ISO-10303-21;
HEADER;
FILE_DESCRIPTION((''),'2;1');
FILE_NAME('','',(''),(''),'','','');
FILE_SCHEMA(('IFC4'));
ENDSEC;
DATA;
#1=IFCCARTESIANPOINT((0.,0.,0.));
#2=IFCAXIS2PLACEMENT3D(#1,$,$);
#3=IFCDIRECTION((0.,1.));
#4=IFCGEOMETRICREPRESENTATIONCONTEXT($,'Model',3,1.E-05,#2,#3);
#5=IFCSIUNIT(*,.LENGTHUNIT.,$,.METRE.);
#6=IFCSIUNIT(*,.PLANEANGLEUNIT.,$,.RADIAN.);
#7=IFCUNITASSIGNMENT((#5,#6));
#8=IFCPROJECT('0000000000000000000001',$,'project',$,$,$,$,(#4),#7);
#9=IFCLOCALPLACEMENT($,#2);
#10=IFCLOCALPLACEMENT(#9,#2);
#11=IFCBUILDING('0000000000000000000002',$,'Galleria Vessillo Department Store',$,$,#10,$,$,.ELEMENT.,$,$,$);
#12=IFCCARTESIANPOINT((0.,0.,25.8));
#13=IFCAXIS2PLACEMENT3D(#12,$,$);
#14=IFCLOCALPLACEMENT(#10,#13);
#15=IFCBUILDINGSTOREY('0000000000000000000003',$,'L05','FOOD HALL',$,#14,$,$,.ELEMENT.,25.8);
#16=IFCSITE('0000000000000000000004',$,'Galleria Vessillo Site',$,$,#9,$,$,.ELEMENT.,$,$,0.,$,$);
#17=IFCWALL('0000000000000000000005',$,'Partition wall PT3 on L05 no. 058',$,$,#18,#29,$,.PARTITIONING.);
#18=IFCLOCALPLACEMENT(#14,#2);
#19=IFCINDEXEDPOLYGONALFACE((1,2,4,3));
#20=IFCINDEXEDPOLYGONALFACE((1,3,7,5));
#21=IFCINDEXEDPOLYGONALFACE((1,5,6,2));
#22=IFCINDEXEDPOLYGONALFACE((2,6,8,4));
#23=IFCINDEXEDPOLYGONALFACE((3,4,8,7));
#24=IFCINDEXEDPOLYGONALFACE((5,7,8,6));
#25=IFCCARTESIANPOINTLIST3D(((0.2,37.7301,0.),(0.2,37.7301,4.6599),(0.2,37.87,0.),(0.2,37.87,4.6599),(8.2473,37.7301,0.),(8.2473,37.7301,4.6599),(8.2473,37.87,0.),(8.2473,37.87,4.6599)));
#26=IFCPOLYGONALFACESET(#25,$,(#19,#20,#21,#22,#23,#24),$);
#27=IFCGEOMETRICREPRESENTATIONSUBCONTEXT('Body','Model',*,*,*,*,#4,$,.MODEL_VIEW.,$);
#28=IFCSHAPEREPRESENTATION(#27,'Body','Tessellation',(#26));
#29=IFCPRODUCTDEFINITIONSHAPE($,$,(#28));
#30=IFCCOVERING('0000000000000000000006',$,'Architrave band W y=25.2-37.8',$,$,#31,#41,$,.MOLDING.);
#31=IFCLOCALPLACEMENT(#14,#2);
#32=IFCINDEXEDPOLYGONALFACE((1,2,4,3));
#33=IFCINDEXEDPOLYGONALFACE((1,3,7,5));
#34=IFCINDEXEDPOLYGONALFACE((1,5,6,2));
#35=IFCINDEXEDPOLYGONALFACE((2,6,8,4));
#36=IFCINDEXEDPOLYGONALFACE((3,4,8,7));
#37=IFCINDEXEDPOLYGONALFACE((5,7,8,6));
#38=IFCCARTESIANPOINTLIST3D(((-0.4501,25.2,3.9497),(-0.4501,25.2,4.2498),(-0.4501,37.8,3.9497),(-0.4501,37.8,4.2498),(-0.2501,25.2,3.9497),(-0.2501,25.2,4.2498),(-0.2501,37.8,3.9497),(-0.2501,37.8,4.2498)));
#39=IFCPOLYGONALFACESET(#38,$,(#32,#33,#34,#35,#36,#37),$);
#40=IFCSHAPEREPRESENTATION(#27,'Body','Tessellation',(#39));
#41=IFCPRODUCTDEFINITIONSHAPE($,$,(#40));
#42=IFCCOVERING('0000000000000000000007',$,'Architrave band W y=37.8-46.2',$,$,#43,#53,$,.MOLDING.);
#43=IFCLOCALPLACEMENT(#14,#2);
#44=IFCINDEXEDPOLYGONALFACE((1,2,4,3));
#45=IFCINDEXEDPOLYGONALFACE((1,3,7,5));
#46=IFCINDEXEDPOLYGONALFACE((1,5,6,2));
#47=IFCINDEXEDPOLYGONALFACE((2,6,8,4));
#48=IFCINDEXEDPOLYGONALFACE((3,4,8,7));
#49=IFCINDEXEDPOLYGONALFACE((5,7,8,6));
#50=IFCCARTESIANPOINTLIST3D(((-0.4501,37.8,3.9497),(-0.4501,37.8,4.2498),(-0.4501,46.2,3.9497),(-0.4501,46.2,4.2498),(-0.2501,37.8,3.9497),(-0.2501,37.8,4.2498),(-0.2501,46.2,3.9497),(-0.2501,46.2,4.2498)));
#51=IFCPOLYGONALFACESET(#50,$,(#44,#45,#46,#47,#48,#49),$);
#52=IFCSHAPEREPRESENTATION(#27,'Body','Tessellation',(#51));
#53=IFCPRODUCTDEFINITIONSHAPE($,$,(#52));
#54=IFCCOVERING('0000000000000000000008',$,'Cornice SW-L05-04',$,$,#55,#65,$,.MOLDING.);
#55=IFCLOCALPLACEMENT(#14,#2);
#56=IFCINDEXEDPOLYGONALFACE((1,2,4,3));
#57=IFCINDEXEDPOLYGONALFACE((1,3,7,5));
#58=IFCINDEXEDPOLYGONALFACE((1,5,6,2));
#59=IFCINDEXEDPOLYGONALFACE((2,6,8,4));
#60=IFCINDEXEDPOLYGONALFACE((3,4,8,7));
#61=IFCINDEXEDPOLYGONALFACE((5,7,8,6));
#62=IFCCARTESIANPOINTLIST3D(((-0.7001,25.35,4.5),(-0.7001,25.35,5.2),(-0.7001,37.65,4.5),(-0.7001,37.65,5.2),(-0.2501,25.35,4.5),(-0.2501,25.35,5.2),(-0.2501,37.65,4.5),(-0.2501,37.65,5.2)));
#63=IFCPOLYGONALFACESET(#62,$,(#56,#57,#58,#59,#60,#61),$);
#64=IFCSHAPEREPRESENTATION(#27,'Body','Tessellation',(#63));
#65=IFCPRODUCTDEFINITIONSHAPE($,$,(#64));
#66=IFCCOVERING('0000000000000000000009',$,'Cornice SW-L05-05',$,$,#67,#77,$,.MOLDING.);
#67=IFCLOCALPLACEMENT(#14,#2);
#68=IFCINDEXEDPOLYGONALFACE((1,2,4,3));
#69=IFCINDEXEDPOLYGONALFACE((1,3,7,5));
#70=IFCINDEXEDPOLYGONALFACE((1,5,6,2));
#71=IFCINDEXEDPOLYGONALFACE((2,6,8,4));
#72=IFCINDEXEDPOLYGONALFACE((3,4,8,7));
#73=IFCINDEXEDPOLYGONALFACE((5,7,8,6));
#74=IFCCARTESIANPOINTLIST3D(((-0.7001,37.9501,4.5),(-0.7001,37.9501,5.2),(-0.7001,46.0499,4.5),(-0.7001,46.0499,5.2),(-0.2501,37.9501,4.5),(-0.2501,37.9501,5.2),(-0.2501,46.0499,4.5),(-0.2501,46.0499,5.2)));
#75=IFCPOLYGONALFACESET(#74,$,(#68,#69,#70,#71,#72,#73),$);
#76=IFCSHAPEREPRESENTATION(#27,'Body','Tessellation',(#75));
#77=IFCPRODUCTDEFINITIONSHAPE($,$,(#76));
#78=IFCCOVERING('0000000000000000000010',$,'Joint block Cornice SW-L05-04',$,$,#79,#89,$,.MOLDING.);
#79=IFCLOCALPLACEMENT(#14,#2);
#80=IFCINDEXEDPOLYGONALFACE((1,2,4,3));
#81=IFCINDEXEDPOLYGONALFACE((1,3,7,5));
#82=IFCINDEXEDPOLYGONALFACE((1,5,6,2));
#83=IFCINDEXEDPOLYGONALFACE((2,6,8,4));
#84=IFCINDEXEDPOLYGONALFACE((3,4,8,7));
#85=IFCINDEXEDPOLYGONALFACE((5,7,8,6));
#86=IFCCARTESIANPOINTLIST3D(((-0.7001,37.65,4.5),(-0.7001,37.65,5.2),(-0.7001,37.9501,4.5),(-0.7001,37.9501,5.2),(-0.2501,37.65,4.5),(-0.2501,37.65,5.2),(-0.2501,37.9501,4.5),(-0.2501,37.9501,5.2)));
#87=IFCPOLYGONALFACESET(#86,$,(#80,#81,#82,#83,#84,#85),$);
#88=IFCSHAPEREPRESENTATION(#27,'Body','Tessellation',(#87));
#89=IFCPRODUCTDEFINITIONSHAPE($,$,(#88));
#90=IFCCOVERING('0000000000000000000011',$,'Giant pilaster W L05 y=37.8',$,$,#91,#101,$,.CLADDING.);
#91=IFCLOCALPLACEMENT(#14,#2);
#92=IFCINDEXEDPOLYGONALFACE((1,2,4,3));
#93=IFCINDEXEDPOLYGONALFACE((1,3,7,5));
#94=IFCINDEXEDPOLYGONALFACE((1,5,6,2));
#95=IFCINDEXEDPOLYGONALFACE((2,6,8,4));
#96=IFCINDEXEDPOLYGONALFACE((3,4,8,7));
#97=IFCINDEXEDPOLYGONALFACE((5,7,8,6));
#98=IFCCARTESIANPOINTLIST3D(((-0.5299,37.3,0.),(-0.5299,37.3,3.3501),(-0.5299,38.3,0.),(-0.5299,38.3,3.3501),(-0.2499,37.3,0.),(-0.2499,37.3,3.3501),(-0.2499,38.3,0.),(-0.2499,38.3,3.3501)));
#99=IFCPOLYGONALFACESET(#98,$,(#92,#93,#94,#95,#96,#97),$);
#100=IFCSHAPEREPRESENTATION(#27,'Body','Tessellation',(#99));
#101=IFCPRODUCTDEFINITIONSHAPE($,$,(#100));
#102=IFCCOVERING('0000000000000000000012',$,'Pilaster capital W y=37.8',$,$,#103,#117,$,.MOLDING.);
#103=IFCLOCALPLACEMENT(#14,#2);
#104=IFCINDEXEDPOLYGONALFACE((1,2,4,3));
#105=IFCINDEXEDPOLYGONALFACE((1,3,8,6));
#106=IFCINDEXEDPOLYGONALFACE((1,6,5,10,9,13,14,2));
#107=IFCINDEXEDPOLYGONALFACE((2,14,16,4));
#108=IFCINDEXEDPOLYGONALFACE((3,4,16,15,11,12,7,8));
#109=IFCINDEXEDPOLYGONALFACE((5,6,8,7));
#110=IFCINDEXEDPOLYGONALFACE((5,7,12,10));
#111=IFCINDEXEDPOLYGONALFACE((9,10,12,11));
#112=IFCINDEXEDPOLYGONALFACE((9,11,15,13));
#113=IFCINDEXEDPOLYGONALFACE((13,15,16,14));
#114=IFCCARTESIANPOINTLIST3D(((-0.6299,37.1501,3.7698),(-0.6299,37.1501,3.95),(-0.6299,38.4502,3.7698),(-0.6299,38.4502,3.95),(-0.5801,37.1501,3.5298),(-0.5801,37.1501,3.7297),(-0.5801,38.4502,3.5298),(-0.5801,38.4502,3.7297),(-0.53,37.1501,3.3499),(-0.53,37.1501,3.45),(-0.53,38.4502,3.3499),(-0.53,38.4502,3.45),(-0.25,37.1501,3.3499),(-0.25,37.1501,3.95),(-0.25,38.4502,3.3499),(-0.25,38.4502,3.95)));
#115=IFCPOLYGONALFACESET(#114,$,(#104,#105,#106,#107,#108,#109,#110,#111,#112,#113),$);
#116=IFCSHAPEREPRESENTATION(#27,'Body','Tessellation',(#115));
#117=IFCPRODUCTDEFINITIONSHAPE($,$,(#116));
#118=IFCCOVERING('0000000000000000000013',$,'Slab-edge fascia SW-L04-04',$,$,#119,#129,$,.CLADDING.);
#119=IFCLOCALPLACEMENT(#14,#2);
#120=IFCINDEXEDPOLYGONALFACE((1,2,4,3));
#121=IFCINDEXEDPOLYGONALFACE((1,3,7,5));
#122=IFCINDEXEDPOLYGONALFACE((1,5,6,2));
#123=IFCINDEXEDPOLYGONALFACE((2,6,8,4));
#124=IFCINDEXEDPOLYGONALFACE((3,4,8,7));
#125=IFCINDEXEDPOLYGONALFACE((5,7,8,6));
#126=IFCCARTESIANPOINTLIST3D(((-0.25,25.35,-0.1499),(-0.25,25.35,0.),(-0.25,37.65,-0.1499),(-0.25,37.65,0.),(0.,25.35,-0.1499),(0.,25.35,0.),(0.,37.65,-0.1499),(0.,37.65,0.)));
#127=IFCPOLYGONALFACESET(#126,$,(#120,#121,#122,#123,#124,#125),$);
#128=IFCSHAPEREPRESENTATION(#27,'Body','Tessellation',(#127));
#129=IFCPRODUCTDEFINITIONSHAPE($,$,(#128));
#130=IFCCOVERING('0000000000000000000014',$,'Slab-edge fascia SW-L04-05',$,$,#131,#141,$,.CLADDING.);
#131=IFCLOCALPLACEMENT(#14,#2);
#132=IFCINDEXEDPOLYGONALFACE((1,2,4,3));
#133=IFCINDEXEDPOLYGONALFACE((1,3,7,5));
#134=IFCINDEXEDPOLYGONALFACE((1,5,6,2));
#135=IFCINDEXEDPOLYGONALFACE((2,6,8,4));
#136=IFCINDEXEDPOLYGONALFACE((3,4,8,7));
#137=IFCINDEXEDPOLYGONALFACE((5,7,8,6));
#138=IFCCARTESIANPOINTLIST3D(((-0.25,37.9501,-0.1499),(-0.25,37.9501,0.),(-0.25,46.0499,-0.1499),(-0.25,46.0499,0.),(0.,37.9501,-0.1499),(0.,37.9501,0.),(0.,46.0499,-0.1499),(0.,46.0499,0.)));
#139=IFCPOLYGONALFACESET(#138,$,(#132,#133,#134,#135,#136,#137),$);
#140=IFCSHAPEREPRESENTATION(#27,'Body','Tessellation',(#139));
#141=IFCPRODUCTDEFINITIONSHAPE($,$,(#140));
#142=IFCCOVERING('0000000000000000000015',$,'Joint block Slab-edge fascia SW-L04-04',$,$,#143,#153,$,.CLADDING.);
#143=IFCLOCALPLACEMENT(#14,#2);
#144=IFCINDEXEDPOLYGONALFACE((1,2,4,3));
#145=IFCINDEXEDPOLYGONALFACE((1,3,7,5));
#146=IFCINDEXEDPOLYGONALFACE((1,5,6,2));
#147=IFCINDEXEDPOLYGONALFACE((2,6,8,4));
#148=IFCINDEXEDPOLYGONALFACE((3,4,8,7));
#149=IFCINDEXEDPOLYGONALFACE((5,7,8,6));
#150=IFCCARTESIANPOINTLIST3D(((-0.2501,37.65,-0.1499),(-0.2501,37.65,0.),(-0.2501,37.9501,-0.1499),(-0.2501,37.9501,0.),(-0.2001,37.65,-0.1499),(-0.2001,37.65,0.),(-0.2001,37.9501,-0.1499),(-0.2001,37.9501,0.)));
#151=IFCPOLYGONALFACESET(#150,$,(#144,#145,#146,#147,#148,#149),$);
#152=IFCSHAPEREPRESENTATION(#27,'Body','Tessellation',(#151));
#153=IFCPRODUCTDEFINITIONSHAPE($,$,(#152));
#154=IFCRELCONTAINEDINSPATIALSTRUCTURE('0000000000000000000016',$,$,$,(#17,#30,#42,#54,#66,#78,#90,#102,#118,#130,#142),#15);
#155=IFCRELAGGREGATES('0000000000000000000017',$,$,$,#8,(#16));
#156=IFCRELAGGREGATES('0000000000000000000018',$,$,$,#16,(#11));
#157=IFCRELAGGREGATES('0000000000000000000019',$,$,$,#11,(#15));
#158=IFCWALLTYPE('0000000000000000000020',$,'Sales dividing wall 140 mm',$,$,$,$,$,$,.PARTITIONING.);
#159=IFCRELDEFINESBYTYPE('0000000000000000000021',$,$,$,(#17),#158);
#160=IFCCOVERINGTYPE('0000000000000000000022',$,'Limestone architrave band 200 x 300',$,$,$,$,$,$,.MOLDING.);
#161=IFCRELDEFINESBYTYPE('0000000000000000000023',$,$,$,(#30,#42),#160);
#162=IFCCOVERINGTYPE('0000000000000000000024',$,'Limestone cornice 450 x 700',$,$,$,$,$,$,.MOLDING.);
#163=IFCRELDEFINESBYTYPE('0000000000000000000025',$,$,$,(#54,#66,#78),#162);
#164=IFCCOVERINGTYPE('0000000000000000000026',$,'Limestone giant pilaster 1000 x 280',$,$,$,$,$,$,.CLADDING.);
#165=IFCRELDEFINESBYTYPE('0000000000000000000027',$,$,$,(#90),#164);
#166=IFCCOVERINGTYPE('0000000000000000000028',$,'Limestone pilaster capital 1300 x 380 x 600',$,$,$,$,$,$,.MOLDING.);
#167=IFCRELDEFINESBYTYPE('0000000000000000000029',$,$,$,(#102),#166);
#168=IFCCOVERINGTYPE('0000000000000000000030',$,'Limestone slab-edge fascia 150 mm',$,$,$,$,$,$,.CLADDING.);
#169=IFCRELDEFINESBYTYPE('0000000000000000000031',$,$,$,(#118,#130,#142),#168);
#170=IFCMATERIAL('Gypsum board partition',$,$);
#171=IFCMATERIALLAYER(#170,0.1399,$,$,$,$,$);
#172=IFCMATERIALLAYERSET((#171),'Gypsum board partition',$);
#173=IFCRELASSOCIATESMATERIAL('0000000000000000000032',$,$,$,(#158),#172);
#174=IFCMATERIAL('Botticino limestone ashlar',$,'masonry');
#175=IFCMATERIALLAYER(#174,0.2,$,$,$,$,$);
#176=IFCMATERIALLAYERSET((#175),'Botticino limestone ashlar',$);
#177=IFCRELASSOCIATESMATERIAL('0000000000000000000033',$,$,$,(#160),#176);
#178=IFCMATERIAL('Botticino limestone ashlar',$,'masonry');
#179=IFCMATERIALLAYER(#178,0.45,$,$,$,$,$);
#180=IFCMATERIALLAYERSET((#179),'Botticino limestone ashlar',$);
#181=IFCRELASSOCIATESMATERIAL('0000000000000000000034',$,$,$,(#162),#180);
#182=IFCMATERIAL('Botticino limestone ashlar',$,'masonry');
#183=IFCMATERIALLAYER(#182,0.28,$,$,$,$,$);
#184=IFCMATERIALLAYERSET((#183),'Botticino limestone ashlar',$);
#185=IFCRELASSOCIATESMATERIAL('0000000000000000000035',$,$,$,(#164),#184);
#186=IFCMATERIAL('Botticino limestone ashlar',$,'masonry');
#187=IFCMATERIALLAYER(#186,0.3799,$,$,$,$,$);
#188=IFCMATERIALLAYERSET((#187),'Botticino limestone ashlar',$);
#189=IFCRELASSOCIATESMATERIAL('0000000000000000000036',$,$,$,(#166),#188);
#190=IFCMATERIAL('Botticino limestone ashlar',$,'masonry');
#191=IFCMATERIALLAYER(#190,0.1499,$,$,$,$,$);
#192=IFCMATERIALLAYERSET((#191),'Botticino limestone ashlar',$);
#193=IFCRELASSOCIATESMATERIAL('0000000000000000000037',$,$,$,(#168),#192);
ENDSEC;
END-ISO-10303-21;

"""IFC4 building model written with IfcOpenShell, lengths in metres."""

from ifc_helpers import new_model, si_unit, direction, frame, frame_2d, origin, origin_2d, place, context, subcontext, project, spatial, polyline, rectangle, outline, extrude, material, layer, layer_set, type_object, element, save


model = new_model("IFC4")

# Units and contexts
model_context = context("Model", 3, precision=1e-05, world=origin(), true_north=direction((0.0, 1.0)))
body_context = subcontext(model_context, "Body", "Model", "MODEL_VIEW")
ifc_project = project(units=[si_unit("LENGTHUNIT", "METRE"), si_unit("PLANEANGLEUNIT", "RADIAN")], contexts=[model_context])

# Site, building, storey
site_placement = place(None, origin())
site = spatial("IfcSite", under=ifc_project, at=site_placement, Name="Galleria Vessillo Site", CompositionType="ELEMENT", RefElevation=0.0)
building_placement = place(site_placement, origin())
building = spatial("IfcBuilding", under=site, at=building_placement, Name="Galleria Vessillo Department Store", CompositionType="ELEMENT")
storey_placement = place(building_placement, frame((0.0, 0.0, 25.8)))
storey = spatial("IfcBuildingStorey", under=building, at=storey_placement, Name="L05", Description="FOOD HALL", CompositionType="ELEMENT", Elevation=25.8)

# Wall
ifc_material_1 = material(Name="Gypsum board partition")
ifc_layer_1 = layer(ifc_material_1, 0.1399)
ifc_layer_set_1 = layer_set([ifc_layer_1], Name="Gypsum board partition")
wall_type_1 = type_object("IfcWallType", Name="Sales dividing wall 140 mm", PredefinedType="PARTITIONING", material=ifc_layer_set_1)
wall_1_placement = place(storey_placement, frame((0.2, 37.8, 0.0), z_axis=(0.0, 0.0, 1.0), x_axis=(1.0, 0.0, 0.0)))
element("IfcWall", 1, at=wall_1_placement, inside=storey, type_object=wall_type_1, Name="Partition wall PT3 on L05 no. 058", PredefinedType="PARTITIONING", context=body_context, shape_type="SweptSolid", body=[
    extrude(rectangle(XDim=8.0474, YDim=0.1399, at=frame_2d((4.0237, 0.0))), origin(), (0.0, 0.0, 1.0), 4.6599),
])

# Coverings
ifc_material_2 = material(Name="Botticino limestone ashlar", Category="masonry")
ifc_layer_2 = layer(ifc_material_2, 0.2)
ifc_layer_set_2 = layer_set([ifc_layer_2], Name="Botticino limestone ashlar")
covering_type_1 = type_object("IfcCoveringType", Name="Limestone architrave band 200 x 300", PredefinedType="MOLDING", material=ifc_layer_set_2)
covering_1_placement = place(storey_placement, frame((-0.3501, 31.5, 3.9497), z_axis=(0.0, 0.0, 1.0), x_axis=(1.0, 0.0, 0.0)))
element("IfcCovering", 2, at=covering_1_placement, inside=storey, type_object=covering_type_1, Name="Architrave band W y=25.2-37.8", PredefinedType="MOLDING", context=body_context, shape_type="SweptSolid", body=[
    extrude(rectangle(XDim=0.2, YDim=12.6001, at=origin_2d()), origin(), (0.0, 0.0, 1.0), 0.3),
])
covering_2_placement = place(storey_placement, frame((-0.3501, 42.0, 3.9497), z_axis=(0.0, 0.0, 1.0), x_axis=(1.0, 0.0, 0.0)))
element("IfcCovering", 3, at=covering_2_placement, inside=storey, type_object=covering_type_1, Name="Architrave band W y=37.8-46.2", PredefinedType="MOLDING", context=body_context, shape_type="SweptSolid", body=[
    extrude(rectangle(XDim=0.2, YDim=8.3999, at=origin_2d()), origin(), (0.0, 0.0, 1.0), 0.3),
])
ifc_material_3 = material(Name="Botticino limestone ashlar", Category="masonry")
ifc_layer_3 = layer(ifc_material_3, 0.45)
ifc_layer_set_3 = layer_set([ifc_layer_3], Name="Botticino limestone ashlar")
covering_type_2 = type_object("IfcCoveringType", Name="Limestone cornice 450 x 700", PredefinedType="MOLDING", material=ifc_layer_set_3)
covering_3_placement = place(storey_placement, frame((-0.4751, 31.5, 4.5), z_axis=(0.0, 0.0, 1.0), x_axis=(1.0, 0.0, 0.0)))
element("IfcCovering", 4, at=covering_3_placement, inside=storey, type_object=covering_type_2, Name="Cornice SW-L05-04", PredefinedType="MOLDING", context=body_context, shape_type="SweptSolid", body=[
    extrude(rectangle(XDim=0.45, YDim=12.3, at=origin_2d()), origin(), (0.0, 0.0, 1.0), 0.7),
])
covering_4_placement = place(storey_placement, frame((-0.4751, 42.0, 4.5), z_axis=(0.0, 0.0, 1.0), x_axis=(1.0, 0.0, 0.0)))
element("IfcCovering", 5, at=covering_4_placement, inside=storey, type_object=covering_type_2, Name="Cornice SW-L05-05", PredefinedType="MOLDING", context=body_context, shape_type="SweptSolid", body=[
    extrude(rectangle(XDim=0.45, YDim=8.0999, at=origin_2d()), origin(), (0.0, 0.0, 1.0), 0.7),
])
covering_5_placement = place(storey_placement, frame((-0.4751, 37.8, 4.5), z_axis=(0.0, 0.0, 1.0), x_axis=(1.0, 0.0, 0.0)))
element("IfcCovering", 6, at=covering_5_placement, inside=storey, type_object=covering_type_2, Name="Joint block Cornice SW-L05-04", PredefinedType="MOLDING", context=body_context, shape_type="SweptSolid", body=[
    extrude(rectangle(XDim=0.45, YDim=0.3, at=origin_2d()), origin(), (0.0, 0.0, 1.0), 0.7),
])
ifc_material_4 = material(Name="Botticino limestone ashlar", Category="masonry")
ifc_layer_4 = layer(ifc_material_4, 0.28)
ifc_layer_set_4 = layer_set([ifc_layer_4], Name="Botticino limestone ashlar")
covering_type_3 = type_object("IfcCoveringType", Name="Limestone giant pilaster 1000 x 280", PredefinedType="CLADDING", material=ifc_layer_set_4)
covering_6_placement = place(storey_placement, frame((-0.3899, 37.8, 0.0), z_axis=(0.0, 0.0, 1.0), x_axis=(1.0, 0.0, 0.0)))
element("IfcCovering", 7, at=covering_6_placement, inside=storey, type_object=covering_type_3, Name="Giant pilaster W L05 y=37.8", PredefinedType="CLADDING", context=body_context, shape_type="SweptSolid", body=[
    extrude(rectangle(XDim=0.28, YDim=1.0, at=origin_2d()), origin(), (0.0, 0.0, 1.0), 3.3501),
])
ifc_material_5 = material(Name="Botticino limestone ashlar", Category="masonry")
ifc_layer_5 = layer(ifc_material_5, 0.3799)
ifc_layer_set_5 = layer_set([ifc_layer_5], Name="Botticino limestone ashlar")
covering_type_4 = type_object("IfcCoveringType", Name="Limestone pilaster capital 1300 x 380 x 600", PredefinedType="MOLDING", material=ifc_layer_set_5)
covering_7_placement = place(storey_placement, frame((0.0, 37.1501, 3.3499), z_axis=(0.0, 1.0, 0.0), x_axis=(-1.0, 0.0, 0.0)))
element("IfcCovering", 8, at=covering_7_placement, inside=storey, type_object=covering_type_4, Name="Pilaster capital W y=37.8", PredefinedType="MOLDING", context=body_context, shape_type="SweptSolid", body=[
    extrude(outline(polyline([(0.25, 0.0), (0.53, 0.0), (0.53, 0.1001), (0.5801, 0.1799), (0.5801, 0.3799), (0.6299, 0.4199), (0.6299, 0.6001), (0.25, 0.6001), (0.25, 0.0)])), origin(), (0.0, 0.0, 1.0), 1.3),
])
ifc_material_6 = material(Name="Botticino limestone ashlar", Category="masonry")
ifc_layer_6 = layer(ifc_material_6, 0.1499)
ifc_layer_set_6 = layer_set([ifc_layer_6], Name="Botticino limestone ashlar")
covering_type_5 = type_object("IfcCoveringType", Name="Limestone slab-edge fascia 150 mm", PredefinedType="CLADDING", material=ifc_layer_set_6)
covering_8_placement = place(storey_placement, frame((-0.125, 31.5, -0.1499), z_axis=(0.0, 0.0, 1.0), x_axis=(1.0, 0.0, 0.0)))
element("IfcCovering", 9, at=covering_8_placement, inside=storey, type_object=covering_type_5, Name="Slab-edge fascia SW-L04-04", PredefinedType="CLADDING", context=body_context, shape_type="SweptSolid", body=[
    extrude(rectangle(XDim=0.25, YDim=12.3, at=origin_2d()), origin(), (0.0, 0.0, 1.0), 0.1499),
])
covering_9_placement = place(storey_placement, frame((-0.125, 42.0, -0.1499), z_axis=(0.0, 0.0, 1.0), x_axis=(1.0, 0.0, 0.0)))
element("IfcCovering", 10, at=covering_9_placement, inside=storey, type_object=covering_type_5, Name="Slab-edge fascia SW-L04-05", PredefinedType="CLADDING", context=body_context, shape_type="SweptSolid", body=[
    extrude(rectangle(XDim=0.25, YDim=8.0999, at=origin_2d()), origin(), (0.0, 0.0, 1.0), 0.1499),
])
covering_10_placement = place(storey_placement, frame((-0.2251, 37.8, -0.1499), z_axis=(0.0, 0.0, 1.0), x_axis=(1.0, 0.0, 0.0)))
element("IfcCovering", 11, at=covering_10_placement, inside=storey, type_object=covering_type_5, Name="Joint block Slab-edge fascia SW-L04-04", PredefinedType="CLADDING", context=body_context, shape_type="SweptSolid", body=[
    extrude(rectangle(XDim=0.05, YDim=0.3, at=origin_2d()), origin(), (0.0, 0.0, 1.0), 0.1499),
])

save(model, "model.ifc")
